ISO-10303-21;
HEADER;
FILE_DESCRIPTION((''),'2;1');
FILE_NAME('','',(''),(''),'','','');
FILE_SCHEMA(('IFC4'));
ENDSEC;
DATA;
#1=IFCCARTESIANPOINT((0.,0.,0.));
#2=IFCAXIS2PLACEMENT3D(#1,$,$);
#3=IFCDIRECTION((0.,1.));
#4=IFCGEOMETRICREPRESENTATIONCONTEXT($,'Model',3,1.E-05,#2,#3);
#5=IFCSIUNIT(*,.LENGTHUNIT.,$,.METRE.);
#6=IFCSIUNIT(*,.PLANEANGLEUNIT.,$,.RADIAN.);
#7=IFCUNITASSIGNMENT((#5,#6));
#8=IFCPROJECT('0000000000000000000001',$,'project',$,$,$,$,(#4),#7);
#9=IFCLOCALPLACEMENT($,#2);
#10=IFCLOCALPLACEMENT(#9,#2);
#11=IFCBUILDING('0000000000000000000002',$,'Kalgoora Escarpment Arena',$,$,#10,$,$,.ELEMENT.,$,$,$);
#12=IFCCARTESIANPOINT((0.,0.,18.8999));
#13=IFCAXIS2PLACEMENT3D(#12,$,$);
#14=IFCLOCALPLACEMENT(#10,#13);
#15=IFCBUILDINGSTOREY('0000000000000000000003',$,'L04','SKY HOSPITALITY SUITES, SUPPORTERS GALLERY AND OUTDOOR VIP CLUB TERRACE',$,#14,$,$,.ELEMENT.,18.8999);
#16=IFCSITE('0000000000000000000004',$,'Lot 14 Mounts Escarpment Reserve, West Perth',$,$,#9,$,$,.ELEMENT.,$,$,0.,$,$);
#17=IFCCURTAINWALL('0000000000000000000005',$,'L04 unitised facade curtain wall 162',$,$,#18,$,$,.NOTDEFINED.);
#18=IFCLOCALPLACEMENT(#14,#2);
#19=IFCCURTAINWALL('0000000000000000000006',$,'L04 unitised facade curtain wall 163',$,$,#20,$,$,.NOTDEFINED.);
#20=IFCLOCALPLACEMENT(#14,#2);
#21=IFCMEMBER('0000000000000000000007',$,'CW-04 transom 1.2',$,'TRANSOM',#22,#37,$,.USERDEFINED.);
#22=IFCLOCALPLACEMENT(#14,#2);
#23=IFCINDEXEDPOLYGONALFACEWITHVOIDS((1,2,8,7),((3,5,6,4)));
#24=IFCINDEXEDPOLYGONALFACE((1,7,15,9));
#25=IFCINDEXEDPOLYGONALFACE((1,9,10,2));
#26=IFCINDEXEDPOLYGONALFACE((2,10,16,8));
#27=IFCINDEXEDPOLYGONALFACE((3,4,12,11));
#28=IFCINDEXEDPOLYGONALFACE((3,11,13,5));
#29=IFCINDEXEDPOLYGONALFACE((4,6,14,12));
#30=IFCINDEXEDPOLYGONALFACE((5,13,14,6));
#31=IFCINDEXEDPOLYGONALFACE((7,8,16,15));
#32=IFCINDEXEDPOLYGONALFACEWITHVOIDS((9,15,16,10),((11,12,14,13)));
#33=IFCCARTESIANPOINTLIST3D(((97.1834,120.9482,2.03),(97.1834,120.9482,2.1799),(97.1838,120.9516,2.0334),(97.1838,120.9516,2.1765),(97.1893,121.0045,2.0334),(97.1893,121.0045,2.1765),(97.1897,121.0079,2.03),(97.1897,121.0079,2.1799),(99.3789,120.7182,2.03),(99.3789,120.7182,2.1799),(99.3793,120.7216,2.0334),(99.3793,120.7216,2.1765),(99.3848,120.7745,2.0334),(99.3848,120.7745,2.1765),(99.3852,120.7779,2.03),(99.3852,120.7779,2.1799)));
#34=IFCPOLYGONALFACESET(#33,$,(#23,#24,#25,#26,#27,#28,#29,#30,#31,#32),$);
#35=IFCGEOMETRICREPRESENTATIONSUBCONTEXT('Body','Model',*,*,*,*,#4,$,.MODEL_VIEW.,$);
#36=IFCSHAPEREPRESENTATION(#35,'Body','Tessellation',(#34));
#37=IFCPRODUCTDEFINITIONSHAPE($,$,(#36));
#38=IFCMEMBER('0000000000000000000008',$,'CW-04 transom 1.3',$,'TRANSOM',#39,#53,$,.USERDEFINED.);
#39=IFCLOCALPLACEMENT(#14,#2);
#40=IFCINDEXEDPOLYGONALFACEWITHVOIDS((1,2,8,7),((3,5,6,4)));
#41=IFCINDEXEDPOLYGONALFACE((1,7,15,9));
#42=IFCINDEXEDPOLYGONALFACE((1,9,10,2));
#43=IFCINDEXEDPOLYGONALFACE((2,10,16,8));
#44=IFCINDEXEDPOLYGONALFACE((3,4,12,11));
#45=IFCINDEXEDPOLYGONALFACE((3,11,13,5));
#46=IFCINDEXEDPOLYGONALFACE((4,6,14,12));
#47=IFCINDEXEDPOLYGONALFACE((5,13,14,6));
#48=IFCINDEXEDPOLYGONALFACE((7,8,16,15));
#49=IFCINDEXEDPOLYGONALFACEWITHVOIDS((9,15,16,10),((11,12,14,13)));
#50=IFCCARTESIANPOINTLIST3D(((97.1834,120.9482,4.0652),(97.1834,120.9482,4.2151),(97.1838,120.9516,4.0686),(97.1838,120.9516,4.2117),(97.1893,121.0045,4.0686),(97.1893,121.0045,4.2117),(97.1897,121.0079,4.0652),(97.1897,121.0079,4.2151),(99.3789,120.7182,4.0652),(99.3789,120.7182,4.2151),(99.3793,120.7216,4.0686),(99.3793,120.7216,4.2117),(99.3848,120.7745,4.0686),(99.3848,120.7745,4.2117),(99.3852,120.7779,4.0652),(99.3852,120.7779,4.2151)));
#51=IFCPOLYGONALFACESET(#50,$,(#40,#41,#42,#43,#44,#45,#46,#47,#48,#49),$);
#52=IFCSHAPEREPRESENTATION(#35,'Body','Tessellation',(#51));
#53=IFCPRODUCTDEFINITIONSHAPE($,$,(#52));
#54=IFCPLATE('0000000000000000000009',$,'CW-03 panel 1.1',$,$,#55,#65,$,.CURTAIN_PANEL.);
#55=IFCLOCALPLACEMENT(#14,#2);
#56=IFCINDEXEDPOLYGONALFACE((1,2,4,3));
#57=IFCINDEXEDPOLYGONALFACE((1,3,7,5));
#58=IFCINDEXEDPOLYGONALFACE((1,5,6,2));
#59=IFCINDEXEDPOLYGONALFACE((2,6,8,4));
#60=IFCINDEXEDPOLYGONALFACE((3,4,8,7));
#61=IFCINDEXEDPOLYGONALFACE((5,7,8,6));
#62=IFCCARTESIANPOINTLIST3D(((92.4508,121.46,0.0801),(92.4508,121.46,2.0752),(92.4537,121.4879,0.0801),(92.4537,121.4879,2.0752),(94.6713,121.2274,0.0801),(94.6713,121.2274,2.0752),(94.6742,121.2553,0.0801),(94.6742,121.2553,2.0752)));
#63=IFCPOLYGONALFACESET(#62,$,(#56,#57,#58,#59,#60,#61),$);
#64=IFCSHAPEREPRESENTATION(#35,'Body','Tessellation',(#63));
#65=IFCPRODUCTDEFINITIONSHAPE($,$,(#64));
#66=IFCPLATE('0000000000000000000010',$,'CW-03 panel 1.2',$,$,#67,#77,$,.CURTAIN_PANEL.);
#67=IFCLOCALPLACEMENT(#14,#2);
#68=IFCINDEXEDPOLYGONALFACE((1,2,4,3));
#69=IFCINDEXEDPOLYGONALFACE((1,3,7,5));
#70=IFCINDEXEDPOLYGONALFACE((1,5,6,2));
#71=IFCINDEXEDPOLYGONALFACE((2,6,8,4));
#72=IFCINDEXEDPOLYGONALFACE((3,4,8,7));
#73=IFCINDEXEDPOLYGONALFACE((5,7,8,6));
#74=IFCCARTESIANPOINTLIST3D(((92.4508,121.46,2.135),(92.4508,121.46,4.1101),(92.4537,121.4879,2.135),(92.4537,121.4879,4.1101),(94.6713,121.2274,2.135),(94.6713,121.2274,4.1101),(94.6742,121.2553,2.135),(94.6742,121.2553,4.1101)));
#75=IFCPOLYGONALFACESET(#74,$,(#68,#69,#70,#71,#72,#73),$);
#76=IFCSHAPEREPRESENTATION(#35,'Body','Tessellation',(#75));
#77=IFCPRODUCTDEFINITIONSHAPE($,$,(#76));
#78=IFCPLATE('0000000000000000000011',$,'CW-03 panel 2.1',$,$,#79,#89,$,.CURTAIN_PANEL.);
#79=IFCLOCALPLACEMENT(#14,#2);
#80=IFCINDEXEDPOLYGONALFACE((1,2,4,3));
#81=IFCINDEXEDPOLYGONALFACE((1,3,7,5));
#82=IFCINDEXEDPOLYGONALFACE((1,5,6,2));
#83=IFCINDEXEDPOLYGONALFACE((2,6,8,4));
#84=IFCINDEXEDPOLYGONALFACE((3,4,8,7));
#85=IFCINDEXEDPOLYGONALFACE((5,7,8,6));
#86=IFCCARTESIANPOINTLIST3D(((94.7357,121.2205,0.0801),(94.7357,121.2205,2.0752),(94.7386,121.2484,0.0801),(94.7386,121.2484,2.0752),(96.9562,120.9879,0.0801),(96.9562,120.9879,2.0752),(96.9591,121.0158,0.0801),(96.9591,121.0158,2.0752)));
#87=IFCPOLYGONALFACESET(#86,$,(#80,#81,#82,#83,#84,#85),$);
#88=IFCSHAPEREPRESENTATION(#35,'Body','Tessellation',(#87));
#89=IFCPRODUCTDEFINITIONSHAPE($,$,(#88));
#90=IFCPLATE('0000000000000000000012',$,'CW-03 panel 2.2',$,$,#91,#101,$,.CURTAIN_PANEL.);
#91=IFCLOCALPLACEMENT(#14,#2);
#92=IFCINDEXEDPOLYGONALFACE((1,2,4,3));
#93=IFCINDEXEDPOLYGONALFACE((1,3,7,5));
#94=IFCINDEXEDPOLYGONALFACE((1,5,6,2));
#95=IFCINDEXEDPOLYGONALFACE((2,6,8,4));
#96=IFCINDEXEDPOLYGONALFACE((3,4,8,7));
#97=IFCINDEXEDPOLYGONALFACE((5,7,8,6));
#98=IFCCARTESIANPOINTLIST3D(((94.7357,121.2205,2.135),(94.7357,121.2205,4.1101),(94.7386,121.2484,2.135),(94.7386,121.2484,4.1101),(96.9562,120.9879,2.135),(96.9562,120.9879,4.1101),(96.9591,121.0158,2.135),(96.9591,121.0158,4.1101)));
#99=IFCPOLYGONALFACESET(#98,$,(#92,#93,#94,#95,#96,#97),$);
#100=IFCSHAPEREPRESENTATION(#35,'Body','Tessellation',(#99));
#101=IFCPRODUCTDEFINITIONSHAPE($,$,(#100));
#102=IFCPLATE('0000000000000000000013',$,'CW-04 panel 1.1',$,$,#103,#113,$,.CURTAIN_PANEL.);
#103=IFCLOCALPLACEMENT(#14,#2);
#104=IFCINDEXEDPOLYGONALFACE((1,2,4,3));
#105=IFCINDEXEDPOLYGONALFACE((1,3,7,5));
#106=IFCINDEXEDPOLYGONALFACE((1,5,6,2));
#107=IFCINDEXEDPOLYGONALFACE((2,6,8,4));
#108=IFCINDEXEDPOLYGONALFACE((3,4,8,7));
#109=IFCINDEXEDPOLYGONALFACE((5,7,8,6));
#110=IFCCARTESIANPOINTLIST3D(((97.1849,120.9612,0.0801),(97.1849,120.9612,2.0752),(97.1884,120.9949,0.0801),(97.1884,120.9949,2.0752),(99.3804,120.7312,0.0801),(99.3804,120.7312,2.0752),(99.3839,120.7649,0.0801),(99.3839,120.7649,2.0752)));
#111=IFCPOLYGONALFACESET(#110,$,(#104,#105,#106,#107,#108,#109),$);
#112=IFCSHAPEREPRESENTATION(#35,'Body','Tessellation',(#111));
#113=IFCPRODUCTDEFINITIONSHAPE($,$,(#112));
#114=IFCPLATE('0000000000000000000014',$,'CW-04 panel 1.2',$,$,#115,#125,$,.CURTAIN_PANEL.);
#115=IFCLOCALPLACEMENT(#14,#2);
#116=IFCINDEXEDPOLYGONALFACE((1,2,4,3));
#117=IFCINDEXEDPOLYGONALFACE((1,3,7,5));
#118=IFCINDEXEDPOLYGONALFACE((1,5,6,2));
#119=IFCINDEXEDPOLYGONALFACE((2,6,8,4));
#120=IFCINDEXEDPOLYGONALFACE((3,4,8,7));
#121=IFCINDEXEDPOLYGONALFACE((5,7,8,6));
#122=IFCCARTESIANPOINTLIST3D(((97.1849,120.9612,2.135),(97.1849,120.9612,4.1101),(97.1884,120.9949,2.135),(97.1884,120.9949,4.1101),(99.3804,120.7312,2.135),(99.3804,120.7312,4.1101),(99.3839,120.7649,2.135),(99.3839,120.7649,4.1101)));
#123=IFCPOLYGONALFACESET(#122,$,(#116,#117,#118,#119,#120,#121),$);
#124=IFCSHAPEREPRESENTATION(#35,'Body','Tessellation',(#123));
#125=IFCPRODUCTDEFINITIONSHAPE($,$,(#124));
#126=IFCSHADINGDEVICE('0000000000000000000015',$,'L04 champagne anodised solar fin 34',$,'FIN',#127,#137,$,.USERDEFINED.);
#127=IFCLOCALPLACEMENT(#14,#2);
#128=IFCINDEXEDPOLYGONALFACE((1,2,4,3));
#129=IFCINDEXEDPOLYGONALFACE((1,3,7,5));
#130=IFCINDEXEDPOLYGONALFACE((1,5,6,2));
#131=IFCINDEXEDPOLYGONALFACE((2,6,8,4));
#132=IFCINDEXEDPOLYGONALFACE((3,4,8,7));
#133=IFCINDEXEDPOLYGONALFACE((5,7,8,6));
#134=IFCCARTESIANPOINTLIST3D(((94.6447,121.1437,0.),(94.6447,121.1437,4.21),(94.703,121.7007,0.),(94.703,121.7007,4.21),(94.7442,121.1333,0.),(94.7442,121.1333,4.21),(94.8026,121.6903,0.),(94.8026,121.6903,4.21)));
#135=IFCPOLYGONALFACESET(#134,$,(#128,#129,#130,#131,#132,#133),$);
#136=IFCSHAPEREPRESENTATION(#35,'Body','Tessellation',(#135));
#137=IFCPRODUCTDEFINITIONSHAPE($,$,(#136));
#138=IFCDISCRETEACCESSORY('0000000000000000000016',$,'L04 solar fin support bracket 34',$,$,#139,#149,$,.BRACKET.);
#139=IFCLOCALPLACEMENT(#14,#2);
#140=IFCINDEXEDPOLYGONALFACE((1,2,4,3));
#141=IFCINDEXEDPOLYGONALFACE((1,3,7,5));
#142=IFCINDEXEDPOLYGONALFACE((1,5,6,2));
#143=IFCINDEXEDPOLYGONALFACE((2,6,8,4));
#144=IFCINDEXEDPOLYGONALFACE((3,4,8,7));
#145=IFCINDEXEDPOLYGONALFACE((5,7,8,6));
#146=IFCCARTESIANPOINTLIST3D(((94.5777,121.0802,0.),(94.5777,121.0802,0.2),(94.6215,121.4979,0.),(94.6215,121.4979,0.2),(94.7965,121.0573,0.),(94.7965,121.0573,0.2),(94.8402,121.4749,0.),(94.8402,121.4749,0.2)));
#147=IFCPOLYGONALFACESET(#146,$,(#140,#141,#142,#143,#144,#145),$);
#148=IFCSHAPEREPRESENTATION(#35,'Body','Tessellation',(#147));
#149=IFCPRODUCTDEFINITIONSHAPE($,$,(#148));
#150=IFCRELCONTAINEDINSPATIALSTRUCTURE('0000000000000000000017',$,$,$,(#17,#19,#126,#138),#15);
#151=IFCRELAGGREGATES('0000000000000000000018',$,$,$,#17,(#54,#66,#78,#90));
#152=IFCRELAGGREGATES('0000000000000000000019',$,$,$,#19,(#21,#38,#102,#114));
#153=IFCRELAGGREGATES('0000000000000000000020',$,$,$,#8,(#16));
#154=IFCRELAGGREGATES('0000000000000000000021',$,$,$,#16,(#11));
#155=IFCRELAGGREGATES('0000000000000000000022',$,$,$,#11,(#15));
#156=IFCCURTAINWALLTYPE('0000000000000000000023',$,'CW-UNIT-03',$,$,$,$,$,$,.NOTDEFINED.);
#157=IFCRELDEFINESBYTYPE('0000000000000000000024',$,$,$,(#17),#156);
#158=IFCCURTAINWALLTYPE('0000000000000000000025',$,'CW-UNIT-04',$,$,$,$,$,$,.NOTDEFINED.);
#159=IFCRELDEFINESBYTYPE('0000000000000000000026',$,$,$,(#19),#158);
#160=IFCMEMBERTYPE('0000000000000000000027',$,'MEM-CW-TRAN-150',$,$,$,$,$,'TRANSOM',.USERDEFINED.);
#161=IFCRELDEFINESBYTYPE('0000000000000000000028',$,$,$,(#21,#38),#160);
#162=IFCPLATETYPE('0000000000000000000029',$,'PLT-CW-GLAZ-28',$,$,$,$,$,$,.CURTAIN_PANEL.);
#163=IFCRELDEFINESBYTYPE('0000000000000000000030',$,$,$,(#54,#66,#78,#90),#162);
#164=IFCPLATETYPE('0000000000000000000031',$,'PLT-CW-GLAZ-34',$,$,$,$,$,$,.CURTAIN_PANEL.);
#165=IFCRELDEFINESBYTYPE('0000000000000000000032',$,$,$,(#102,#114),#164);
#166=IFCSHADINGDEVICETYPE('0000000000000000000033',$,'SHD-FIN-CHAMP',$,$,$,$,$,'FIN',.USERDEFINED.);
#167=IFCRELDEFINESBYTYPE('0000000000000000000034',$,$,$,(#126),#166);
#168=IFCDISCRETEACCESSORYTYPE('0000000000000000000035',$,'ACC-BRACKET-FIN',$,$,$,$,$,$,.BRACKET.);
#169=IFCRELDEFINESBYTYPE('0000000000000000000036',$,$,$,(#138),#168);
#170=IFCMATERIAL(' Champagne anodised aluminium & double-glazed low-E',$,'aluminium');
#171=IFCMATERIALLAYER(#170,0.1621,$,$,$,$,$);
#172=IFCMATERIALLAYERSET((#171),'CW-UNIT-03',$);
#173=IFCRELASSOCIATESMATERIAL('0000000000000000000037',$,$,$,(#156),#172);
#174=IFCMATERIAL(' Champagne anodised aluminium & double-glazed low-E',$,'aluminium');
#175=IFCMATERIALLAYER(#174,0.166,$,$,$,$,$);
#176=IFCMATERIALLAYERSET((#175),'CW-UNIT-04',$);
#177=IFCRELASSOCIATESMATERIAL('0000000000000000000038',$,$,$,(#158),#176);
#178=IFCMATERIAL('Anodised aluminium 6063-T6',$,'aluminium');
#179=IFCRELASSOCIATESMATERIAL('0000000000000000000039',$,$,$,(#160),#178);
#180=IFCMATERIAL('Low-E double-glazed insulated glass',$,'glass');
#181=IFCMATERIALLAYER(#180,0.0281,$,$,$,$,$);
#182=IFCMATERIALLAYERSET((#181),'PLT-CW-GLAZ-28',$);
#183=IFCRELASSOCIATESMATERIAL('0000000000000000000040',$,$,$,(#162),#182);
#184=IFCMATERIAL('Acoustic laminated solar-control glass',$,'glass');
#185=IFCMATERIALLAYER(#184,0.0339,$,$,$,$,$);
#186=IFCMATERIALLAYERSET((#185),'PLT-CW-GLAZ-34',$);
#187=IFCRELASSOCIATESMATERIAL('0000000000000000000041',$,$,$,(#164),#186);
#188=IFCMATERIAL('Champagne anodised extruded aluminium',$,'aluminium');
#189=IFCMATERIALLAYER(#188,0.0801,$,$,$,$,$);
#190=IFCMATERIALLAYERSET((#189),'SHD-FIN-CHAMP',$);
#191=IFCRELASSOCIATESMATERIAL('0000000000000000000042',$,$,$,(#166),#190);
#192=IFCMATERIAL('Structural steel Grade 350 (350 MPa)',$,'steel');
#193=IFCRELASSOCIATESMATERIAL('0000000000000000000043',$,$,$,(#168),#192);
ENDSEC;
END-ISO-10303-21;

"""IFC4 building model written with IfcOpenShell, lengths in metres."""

from ifc_helpers import new_model, si_unit, direction, frame, origin, origin_2d, place, context, subcontext, project, spatial, rectangle, hollow_rectangle, extrude, material, layer, layer_set, material_profile, profile_set, type_object, element, aggregate, save


model = new_model("IFC4")

# Units and contexts
model_context = context("Model", 3, precision=1e-05, world=origin(), true_north=direction((0.0, 1.0)))
body_context = subcontext(model_context, "Body", "Model", "MODEL_VIEW")
ifc_project = project(units=[si_unit("LENGTHUNIT", "METRE"), si_unit("PLANEANGLEUNIT", "RADIAN")], contexts=[model_context])

# Site, building, storey
site_placement = place(None, origin())
site = spatial("IfcSite", under=ifc_project, at=site_placement, Name="Lot 14 Mounts Escarpment Reserve, West Perth", CompositionType="ELEMENT", RefElevation=0.0)
building_placement = place(site_placement, origin())
building = spatial("IfcBuilding", under=site, at=building_placement, Name="Kalgoora Escarpment Arena", CompositionType="ELEMENT")
storey_placement = place(building_placement, frame((0.0, 0.0, 18.8999)))
storey = spatial("IfcBuildingStorey", under=building, at=storey_placement, Name="L04", Description="SKY HOSPITALITY SUITES, SUPPORTERS GALLERY AND OUTDOOR VIP CLUB TERRACE", CompositionType="ELEMENT", Elevation=18.8999)

# Curtain wall
ifc_material_1 = material(Name=" Champagne anodised aluminium & double-glazed low-E", Category="aluminium")
ifc_layer_1 = layer(ifc_material_1, 0.1621)
ifc_layer_set_1 = layer_set([ifc_layer_1], Name="CW-UNIT-03")
curtain_wall_type_1 = type_object("IfcCurtainWallType", Name="CW-UNIT-03", PredefinedType="NOTDEFINED", material=ifc_layer_set_1)
curtain_wall_1_placement = place(storey_placement, origin())
curtain_wall_1 = element("IfcCurtainWall", 1, at=curtain_wall_1_placement, inside=storey, type_object=curtain_wall_type_1, Name="L04 unitised facade curtain wall 162", PredefinedType="NOTDEFINED")

# Curtain wall
ifc_material_2 = material(Name=" Champagne anodised aluminium & double-glazed low-E", Category="aluminium")
ifc_layer_2 = layer(ifc_material_2, 0.166)
ifc_layer_set_2 = layer_set([ifc_layer_2], Name="CW-UNIT-04")
curtain_wall_type_2 = type_object("IfcCurtainWallType", Name="CW-UNIT-04", PredefinedType="NOTDEFINED", material=ifc_layer_set_2)
curtain_wall_2_placement = place(storey_placement, origin())
curtain_wall_2 = element("IfcCurtainWall", 2, at=curtain_wall_2_placement, inside=storey, type_object=curtain_wall_type_2, Name="L04 unitised facade curtain wall 163", PredefinedType="NOTDEFINED")

# Members
ifc_material_3 = material(Name="Anodised aluminium 6063-T6", Category="aluminium")
ifc_material_profile_1 = material_profile(ifc_material_3, hollow_rectangle(XDim=0.0601, YDim=0.1499, WallThickness=0.0034, at=origin_2d()))
ifc_profile_set_1 = profile_set([ifc_material_profile_1], Name="Anodised aluminium 6063-T6")
member_type_1 = type_object("IfcMemberType", Name="MEM-CW-TRAN-150", ElementType="TRANSOM", PredefinedType="USERDEFINED", material=ifc_profile_set_1)
member_1_placement = place(storey_placement, frame((97.1865, 120.978, 2.105), z_axis=(0.994559, -0.104178, 0.0), x_axis=(0.104178, 0.994559, 0.0)))
member_1 = element("IfcMember", 3, at=member_1_placement, type_object=member_type_1, Name="CW-04 transom 1.2", ObjectType="TRANSOM", PredefinedType="USERDEFINED", context=body_context, shape_type="SweptSolid", body=[
    extrude(hollow_rectangle(XDim=0.0601, YDim=0.1499, WallThickness=0.0034, at=origin_2d()), origin(), (0.0, 0.0, 1.0), 2.2075),
])
member_2_placement = place(storey_placement, frame((97.1865, 120.978, 4.1401), z_axis=(0.994559, -0.104178, 0.0), x_axis=(0.104178, 0.994559, 0.0)))
member_2 = element("IfcMember", 4, at=member_2_placement, type_object=member_type_1, Name="CW-04 transom 1.3", ObjectType="TRANSOM", PredefinedType="USERDEFINED", context=body_context, shape_type="SweptSolid", body=[
    extrude(hollow_rectangle(XDim=0.0601, YDim=0.1499, WallThickness=0.0034, at=origin_2d()), origin(), (0.0, 0.0, 1.0), 2.2075),
])

# Plates
ifc_material_4 = material(Name="Low-E double-glazed insulated glass", Category="glass")
ifc_layer_3 = layer(ifc_material_4, 0.0281)
ifc_layer_set_3 = layer_set([ifc_layer_3], Name="PLT-CW-GLAZ-28")
plate_type_1 = type_object("IfcPlateType", Name="PLT-CW-GLAZ-28", PredefinedType="CURTAIN_PANEL", material=ifc_layer_set_3)
plate_1_placement = place(storey_placement, frame((93.5625, 121.3577, 0.0801), z_axis=(0.0, 0.0, 1.0), x_axis=(0.994559, -0.104179, 0.0)))
plate_1 = element("IfcPlate", 5, at=plate_1_placement, type_object=plate_type_1, Name="CW-03 panel 1.1", PredefinedType="CURTAIN_PANEL", context=body_context, shape_type="SweptSolid", body=[
    extrude(rectangle(XDim=2.2327, YDim=0.0281, at=origin_2d()), origin(), (0.0, 0.0, 1.0), 1.9951),
])
plate_2_placement = place(storey_placement, frame((93.5625, 121.3577, 2.135), z_axis=(0.0, 0.0, 1.0), x_axis=(0.994559, -0.104179, 0.0)))
plate_2 = element("IfcPlate", 6, at=plate_2_placement, type_object=plate_type_1, Name="CW-03 panel 1.2", PredefinedType="CURTAIN_PANEL", context=body_context, shape_type="SweptSolid", body=[
    extrude(rectangle(XDim=2.2327, YDim=0.0281, at=origin_2d()), origin(), (0.0, 0.0, 1.0), 1.9751),
])
plate_3_placement = place(storey_placement, frame((95.8474, 121.1182, 0.0801), z_axis=(0.0, 0.0, 1.0), x_axis=(0.994559, -0.104179, 0.0)))
plate_3 = element("IfcPlate", 7, at=plate_3_placement, type_object=plate_type_1, Name="CW-03 panel 2.1", PredefinedType="CURTAIN_PANEL", context=body_context, shape_type="SweptSolid", body=[
    extrude(rectangle(XDim=2.2327, YDim=0.0281, at=origin_2d()), origin(), (0.0, 0.0, 1.0), 1.9951),
])
plate_4_placement = place(storey_placement, frame((95.8474, 121.1182, 2.135), z_axis=(0.0, 0.0, 1.0), x_axis=(0.994559, -0.104179, 0.0)))
plate_4 = element("IfcPlate", 8, at=plate_4_placement, type_object=plate_type_1, Name="CW-03 panel 2.2", PredefinedType="CURTAIN_PANEL", context=body_context, shape_type="SweptSolid", body=[
    extrude(rectangle(XDim=2.2327, YDim=0.0281, at=origin_2d()), origin(), (0.0, 0.0, 1.0), 1.9751),
])
aggregate(curtain_wall_1, [plate_1, plate_2, plate_3, plate_4])
ifc_material_5 = material(Name="Acoustic laminated solar-control glass", Category="glass")
ifc_layer_4 = layer(ifc_material_5, 0.0339)
ifc_layer_set_4 = layer_set([ifc_layer_4], Name="PLT-CW-GLAZ-34")
plate_type_2 = type_object("IfcPlateType", Name="PLT-CW-GLAZ-34", PredefinedType="CURTAIN_PANEL", material=ifc_layer_set_4)
plate_5_placement = place(storey_placement, frame((98.2844, 120.863, 0.0801), z_axis=(0.0, 0.0, 1.0), x_axis=(0.994558, -0.104182, 0.0)))
plate_5 = element("IfcPlate", 9, at=plate_5_placement, type_object=plate_type_2, Name="CW-04 panel 1.1", PredefinedType="CURTAIN_PANEL", context=body_context, shape_type="SweptSolid", body=[
    extrude(rectangle(XDim=2.2075, YDim=0.0339, at=origin_2d()), origin(), (0.0, 0.0, 1.0), 1.9951),
])
plate_6_placement = place(storey_placement, frame((98.2844, 120.863, 2.135), z_axis=(0.0, 0.0, 1.0), x_axis=(0.994558, -0.104182, 0.0)))
plate_6 = element("IfcPlate", 10, at=plate_6_placement, type_object=plate_type_2, Name="CW-04 panel 1.2", PredefinedType="CURTAIN_PANEL", context=body_context, shape_type="SweptSolid", body=[
    extrude(rectangle(XDim=2.2075, YDim=0.0339, at=origin_2d()), origin(), (0.0, 0.0, 1.0), 1.9751),
])
aggregate(curtain_wall_2, [member_1, member_2, plate_5, plate_6])

# Shading device
ifc_material_6 = material(Name="Champagne anodised extruded aluminium", Category="aluminium")
ifc_layer_5 = layer(ifc_material_6, 0.0801)
ifc_layer_set_5 = layer_set([ifc_layer_5], Name="SHD-FIN-CHAMP")
shading_device_type = type_object("IfcShadingDeviceType", Name="SHD-FIN-CHAMP", ElementType="FIN", PredefinedType="USERDEFINED", material=ifc_layer_set_5)
shading_device_placement = place(storey_placement, frame((94.7236, 121.417, 0.0), z_axis=(0.0, 0.0, 1.0), x_axis=(0.104181, 0.994558, 0.0)))
element("IfcShadingDevice", 11, at=shading_device_placement, inside=storey, type_object=shading_device_type, Name="L04 champagne anodised solar fin 34", ObjectType="FIN", PredefinedType="USERDEFINED", context=body_context, shape_type="SweptSolid", body=[
    extrude(rectangle(XDim=0.5601, YDim=0.1001, at=origin_2d()), origin(), (0.0, 0.0, 1.0), 4.21),
])

# Discrete accessory
ifc_material_7 = material(Name="Structural steel Grade 350 (350 MPa)", Category="steel")
discrete_accessory_type = type_object("IfcDiscreteAccessoryType", Name="ACC-BRACKET-FIN", PredefinedType="BRACKET", material=ifc_material_7)
discrete_accessory_placement = place(storey_placement, frame((94.709, 121.2776, 0.0), z_axis=(0.0, 0.0, 1.0), x_axis=(0.104181, 0.994558, 0.0)))
element("IfcDiscreteAccessory", 12, at=discrete_accessory_placement, inside=storey, type_object=discrete_accessory_type, Name="L04 solar fin support bracket 34", PredefinedType="BRACKET", context=body_context, shape_type="SweptSolid", body=[
    extrude(rectangle(XDim=0.4199, YDim=0.22, at=origin_2d()), origin(), (0.0, 0.0, 1.0), 0.2),
])

save(model, "model.ifc")
